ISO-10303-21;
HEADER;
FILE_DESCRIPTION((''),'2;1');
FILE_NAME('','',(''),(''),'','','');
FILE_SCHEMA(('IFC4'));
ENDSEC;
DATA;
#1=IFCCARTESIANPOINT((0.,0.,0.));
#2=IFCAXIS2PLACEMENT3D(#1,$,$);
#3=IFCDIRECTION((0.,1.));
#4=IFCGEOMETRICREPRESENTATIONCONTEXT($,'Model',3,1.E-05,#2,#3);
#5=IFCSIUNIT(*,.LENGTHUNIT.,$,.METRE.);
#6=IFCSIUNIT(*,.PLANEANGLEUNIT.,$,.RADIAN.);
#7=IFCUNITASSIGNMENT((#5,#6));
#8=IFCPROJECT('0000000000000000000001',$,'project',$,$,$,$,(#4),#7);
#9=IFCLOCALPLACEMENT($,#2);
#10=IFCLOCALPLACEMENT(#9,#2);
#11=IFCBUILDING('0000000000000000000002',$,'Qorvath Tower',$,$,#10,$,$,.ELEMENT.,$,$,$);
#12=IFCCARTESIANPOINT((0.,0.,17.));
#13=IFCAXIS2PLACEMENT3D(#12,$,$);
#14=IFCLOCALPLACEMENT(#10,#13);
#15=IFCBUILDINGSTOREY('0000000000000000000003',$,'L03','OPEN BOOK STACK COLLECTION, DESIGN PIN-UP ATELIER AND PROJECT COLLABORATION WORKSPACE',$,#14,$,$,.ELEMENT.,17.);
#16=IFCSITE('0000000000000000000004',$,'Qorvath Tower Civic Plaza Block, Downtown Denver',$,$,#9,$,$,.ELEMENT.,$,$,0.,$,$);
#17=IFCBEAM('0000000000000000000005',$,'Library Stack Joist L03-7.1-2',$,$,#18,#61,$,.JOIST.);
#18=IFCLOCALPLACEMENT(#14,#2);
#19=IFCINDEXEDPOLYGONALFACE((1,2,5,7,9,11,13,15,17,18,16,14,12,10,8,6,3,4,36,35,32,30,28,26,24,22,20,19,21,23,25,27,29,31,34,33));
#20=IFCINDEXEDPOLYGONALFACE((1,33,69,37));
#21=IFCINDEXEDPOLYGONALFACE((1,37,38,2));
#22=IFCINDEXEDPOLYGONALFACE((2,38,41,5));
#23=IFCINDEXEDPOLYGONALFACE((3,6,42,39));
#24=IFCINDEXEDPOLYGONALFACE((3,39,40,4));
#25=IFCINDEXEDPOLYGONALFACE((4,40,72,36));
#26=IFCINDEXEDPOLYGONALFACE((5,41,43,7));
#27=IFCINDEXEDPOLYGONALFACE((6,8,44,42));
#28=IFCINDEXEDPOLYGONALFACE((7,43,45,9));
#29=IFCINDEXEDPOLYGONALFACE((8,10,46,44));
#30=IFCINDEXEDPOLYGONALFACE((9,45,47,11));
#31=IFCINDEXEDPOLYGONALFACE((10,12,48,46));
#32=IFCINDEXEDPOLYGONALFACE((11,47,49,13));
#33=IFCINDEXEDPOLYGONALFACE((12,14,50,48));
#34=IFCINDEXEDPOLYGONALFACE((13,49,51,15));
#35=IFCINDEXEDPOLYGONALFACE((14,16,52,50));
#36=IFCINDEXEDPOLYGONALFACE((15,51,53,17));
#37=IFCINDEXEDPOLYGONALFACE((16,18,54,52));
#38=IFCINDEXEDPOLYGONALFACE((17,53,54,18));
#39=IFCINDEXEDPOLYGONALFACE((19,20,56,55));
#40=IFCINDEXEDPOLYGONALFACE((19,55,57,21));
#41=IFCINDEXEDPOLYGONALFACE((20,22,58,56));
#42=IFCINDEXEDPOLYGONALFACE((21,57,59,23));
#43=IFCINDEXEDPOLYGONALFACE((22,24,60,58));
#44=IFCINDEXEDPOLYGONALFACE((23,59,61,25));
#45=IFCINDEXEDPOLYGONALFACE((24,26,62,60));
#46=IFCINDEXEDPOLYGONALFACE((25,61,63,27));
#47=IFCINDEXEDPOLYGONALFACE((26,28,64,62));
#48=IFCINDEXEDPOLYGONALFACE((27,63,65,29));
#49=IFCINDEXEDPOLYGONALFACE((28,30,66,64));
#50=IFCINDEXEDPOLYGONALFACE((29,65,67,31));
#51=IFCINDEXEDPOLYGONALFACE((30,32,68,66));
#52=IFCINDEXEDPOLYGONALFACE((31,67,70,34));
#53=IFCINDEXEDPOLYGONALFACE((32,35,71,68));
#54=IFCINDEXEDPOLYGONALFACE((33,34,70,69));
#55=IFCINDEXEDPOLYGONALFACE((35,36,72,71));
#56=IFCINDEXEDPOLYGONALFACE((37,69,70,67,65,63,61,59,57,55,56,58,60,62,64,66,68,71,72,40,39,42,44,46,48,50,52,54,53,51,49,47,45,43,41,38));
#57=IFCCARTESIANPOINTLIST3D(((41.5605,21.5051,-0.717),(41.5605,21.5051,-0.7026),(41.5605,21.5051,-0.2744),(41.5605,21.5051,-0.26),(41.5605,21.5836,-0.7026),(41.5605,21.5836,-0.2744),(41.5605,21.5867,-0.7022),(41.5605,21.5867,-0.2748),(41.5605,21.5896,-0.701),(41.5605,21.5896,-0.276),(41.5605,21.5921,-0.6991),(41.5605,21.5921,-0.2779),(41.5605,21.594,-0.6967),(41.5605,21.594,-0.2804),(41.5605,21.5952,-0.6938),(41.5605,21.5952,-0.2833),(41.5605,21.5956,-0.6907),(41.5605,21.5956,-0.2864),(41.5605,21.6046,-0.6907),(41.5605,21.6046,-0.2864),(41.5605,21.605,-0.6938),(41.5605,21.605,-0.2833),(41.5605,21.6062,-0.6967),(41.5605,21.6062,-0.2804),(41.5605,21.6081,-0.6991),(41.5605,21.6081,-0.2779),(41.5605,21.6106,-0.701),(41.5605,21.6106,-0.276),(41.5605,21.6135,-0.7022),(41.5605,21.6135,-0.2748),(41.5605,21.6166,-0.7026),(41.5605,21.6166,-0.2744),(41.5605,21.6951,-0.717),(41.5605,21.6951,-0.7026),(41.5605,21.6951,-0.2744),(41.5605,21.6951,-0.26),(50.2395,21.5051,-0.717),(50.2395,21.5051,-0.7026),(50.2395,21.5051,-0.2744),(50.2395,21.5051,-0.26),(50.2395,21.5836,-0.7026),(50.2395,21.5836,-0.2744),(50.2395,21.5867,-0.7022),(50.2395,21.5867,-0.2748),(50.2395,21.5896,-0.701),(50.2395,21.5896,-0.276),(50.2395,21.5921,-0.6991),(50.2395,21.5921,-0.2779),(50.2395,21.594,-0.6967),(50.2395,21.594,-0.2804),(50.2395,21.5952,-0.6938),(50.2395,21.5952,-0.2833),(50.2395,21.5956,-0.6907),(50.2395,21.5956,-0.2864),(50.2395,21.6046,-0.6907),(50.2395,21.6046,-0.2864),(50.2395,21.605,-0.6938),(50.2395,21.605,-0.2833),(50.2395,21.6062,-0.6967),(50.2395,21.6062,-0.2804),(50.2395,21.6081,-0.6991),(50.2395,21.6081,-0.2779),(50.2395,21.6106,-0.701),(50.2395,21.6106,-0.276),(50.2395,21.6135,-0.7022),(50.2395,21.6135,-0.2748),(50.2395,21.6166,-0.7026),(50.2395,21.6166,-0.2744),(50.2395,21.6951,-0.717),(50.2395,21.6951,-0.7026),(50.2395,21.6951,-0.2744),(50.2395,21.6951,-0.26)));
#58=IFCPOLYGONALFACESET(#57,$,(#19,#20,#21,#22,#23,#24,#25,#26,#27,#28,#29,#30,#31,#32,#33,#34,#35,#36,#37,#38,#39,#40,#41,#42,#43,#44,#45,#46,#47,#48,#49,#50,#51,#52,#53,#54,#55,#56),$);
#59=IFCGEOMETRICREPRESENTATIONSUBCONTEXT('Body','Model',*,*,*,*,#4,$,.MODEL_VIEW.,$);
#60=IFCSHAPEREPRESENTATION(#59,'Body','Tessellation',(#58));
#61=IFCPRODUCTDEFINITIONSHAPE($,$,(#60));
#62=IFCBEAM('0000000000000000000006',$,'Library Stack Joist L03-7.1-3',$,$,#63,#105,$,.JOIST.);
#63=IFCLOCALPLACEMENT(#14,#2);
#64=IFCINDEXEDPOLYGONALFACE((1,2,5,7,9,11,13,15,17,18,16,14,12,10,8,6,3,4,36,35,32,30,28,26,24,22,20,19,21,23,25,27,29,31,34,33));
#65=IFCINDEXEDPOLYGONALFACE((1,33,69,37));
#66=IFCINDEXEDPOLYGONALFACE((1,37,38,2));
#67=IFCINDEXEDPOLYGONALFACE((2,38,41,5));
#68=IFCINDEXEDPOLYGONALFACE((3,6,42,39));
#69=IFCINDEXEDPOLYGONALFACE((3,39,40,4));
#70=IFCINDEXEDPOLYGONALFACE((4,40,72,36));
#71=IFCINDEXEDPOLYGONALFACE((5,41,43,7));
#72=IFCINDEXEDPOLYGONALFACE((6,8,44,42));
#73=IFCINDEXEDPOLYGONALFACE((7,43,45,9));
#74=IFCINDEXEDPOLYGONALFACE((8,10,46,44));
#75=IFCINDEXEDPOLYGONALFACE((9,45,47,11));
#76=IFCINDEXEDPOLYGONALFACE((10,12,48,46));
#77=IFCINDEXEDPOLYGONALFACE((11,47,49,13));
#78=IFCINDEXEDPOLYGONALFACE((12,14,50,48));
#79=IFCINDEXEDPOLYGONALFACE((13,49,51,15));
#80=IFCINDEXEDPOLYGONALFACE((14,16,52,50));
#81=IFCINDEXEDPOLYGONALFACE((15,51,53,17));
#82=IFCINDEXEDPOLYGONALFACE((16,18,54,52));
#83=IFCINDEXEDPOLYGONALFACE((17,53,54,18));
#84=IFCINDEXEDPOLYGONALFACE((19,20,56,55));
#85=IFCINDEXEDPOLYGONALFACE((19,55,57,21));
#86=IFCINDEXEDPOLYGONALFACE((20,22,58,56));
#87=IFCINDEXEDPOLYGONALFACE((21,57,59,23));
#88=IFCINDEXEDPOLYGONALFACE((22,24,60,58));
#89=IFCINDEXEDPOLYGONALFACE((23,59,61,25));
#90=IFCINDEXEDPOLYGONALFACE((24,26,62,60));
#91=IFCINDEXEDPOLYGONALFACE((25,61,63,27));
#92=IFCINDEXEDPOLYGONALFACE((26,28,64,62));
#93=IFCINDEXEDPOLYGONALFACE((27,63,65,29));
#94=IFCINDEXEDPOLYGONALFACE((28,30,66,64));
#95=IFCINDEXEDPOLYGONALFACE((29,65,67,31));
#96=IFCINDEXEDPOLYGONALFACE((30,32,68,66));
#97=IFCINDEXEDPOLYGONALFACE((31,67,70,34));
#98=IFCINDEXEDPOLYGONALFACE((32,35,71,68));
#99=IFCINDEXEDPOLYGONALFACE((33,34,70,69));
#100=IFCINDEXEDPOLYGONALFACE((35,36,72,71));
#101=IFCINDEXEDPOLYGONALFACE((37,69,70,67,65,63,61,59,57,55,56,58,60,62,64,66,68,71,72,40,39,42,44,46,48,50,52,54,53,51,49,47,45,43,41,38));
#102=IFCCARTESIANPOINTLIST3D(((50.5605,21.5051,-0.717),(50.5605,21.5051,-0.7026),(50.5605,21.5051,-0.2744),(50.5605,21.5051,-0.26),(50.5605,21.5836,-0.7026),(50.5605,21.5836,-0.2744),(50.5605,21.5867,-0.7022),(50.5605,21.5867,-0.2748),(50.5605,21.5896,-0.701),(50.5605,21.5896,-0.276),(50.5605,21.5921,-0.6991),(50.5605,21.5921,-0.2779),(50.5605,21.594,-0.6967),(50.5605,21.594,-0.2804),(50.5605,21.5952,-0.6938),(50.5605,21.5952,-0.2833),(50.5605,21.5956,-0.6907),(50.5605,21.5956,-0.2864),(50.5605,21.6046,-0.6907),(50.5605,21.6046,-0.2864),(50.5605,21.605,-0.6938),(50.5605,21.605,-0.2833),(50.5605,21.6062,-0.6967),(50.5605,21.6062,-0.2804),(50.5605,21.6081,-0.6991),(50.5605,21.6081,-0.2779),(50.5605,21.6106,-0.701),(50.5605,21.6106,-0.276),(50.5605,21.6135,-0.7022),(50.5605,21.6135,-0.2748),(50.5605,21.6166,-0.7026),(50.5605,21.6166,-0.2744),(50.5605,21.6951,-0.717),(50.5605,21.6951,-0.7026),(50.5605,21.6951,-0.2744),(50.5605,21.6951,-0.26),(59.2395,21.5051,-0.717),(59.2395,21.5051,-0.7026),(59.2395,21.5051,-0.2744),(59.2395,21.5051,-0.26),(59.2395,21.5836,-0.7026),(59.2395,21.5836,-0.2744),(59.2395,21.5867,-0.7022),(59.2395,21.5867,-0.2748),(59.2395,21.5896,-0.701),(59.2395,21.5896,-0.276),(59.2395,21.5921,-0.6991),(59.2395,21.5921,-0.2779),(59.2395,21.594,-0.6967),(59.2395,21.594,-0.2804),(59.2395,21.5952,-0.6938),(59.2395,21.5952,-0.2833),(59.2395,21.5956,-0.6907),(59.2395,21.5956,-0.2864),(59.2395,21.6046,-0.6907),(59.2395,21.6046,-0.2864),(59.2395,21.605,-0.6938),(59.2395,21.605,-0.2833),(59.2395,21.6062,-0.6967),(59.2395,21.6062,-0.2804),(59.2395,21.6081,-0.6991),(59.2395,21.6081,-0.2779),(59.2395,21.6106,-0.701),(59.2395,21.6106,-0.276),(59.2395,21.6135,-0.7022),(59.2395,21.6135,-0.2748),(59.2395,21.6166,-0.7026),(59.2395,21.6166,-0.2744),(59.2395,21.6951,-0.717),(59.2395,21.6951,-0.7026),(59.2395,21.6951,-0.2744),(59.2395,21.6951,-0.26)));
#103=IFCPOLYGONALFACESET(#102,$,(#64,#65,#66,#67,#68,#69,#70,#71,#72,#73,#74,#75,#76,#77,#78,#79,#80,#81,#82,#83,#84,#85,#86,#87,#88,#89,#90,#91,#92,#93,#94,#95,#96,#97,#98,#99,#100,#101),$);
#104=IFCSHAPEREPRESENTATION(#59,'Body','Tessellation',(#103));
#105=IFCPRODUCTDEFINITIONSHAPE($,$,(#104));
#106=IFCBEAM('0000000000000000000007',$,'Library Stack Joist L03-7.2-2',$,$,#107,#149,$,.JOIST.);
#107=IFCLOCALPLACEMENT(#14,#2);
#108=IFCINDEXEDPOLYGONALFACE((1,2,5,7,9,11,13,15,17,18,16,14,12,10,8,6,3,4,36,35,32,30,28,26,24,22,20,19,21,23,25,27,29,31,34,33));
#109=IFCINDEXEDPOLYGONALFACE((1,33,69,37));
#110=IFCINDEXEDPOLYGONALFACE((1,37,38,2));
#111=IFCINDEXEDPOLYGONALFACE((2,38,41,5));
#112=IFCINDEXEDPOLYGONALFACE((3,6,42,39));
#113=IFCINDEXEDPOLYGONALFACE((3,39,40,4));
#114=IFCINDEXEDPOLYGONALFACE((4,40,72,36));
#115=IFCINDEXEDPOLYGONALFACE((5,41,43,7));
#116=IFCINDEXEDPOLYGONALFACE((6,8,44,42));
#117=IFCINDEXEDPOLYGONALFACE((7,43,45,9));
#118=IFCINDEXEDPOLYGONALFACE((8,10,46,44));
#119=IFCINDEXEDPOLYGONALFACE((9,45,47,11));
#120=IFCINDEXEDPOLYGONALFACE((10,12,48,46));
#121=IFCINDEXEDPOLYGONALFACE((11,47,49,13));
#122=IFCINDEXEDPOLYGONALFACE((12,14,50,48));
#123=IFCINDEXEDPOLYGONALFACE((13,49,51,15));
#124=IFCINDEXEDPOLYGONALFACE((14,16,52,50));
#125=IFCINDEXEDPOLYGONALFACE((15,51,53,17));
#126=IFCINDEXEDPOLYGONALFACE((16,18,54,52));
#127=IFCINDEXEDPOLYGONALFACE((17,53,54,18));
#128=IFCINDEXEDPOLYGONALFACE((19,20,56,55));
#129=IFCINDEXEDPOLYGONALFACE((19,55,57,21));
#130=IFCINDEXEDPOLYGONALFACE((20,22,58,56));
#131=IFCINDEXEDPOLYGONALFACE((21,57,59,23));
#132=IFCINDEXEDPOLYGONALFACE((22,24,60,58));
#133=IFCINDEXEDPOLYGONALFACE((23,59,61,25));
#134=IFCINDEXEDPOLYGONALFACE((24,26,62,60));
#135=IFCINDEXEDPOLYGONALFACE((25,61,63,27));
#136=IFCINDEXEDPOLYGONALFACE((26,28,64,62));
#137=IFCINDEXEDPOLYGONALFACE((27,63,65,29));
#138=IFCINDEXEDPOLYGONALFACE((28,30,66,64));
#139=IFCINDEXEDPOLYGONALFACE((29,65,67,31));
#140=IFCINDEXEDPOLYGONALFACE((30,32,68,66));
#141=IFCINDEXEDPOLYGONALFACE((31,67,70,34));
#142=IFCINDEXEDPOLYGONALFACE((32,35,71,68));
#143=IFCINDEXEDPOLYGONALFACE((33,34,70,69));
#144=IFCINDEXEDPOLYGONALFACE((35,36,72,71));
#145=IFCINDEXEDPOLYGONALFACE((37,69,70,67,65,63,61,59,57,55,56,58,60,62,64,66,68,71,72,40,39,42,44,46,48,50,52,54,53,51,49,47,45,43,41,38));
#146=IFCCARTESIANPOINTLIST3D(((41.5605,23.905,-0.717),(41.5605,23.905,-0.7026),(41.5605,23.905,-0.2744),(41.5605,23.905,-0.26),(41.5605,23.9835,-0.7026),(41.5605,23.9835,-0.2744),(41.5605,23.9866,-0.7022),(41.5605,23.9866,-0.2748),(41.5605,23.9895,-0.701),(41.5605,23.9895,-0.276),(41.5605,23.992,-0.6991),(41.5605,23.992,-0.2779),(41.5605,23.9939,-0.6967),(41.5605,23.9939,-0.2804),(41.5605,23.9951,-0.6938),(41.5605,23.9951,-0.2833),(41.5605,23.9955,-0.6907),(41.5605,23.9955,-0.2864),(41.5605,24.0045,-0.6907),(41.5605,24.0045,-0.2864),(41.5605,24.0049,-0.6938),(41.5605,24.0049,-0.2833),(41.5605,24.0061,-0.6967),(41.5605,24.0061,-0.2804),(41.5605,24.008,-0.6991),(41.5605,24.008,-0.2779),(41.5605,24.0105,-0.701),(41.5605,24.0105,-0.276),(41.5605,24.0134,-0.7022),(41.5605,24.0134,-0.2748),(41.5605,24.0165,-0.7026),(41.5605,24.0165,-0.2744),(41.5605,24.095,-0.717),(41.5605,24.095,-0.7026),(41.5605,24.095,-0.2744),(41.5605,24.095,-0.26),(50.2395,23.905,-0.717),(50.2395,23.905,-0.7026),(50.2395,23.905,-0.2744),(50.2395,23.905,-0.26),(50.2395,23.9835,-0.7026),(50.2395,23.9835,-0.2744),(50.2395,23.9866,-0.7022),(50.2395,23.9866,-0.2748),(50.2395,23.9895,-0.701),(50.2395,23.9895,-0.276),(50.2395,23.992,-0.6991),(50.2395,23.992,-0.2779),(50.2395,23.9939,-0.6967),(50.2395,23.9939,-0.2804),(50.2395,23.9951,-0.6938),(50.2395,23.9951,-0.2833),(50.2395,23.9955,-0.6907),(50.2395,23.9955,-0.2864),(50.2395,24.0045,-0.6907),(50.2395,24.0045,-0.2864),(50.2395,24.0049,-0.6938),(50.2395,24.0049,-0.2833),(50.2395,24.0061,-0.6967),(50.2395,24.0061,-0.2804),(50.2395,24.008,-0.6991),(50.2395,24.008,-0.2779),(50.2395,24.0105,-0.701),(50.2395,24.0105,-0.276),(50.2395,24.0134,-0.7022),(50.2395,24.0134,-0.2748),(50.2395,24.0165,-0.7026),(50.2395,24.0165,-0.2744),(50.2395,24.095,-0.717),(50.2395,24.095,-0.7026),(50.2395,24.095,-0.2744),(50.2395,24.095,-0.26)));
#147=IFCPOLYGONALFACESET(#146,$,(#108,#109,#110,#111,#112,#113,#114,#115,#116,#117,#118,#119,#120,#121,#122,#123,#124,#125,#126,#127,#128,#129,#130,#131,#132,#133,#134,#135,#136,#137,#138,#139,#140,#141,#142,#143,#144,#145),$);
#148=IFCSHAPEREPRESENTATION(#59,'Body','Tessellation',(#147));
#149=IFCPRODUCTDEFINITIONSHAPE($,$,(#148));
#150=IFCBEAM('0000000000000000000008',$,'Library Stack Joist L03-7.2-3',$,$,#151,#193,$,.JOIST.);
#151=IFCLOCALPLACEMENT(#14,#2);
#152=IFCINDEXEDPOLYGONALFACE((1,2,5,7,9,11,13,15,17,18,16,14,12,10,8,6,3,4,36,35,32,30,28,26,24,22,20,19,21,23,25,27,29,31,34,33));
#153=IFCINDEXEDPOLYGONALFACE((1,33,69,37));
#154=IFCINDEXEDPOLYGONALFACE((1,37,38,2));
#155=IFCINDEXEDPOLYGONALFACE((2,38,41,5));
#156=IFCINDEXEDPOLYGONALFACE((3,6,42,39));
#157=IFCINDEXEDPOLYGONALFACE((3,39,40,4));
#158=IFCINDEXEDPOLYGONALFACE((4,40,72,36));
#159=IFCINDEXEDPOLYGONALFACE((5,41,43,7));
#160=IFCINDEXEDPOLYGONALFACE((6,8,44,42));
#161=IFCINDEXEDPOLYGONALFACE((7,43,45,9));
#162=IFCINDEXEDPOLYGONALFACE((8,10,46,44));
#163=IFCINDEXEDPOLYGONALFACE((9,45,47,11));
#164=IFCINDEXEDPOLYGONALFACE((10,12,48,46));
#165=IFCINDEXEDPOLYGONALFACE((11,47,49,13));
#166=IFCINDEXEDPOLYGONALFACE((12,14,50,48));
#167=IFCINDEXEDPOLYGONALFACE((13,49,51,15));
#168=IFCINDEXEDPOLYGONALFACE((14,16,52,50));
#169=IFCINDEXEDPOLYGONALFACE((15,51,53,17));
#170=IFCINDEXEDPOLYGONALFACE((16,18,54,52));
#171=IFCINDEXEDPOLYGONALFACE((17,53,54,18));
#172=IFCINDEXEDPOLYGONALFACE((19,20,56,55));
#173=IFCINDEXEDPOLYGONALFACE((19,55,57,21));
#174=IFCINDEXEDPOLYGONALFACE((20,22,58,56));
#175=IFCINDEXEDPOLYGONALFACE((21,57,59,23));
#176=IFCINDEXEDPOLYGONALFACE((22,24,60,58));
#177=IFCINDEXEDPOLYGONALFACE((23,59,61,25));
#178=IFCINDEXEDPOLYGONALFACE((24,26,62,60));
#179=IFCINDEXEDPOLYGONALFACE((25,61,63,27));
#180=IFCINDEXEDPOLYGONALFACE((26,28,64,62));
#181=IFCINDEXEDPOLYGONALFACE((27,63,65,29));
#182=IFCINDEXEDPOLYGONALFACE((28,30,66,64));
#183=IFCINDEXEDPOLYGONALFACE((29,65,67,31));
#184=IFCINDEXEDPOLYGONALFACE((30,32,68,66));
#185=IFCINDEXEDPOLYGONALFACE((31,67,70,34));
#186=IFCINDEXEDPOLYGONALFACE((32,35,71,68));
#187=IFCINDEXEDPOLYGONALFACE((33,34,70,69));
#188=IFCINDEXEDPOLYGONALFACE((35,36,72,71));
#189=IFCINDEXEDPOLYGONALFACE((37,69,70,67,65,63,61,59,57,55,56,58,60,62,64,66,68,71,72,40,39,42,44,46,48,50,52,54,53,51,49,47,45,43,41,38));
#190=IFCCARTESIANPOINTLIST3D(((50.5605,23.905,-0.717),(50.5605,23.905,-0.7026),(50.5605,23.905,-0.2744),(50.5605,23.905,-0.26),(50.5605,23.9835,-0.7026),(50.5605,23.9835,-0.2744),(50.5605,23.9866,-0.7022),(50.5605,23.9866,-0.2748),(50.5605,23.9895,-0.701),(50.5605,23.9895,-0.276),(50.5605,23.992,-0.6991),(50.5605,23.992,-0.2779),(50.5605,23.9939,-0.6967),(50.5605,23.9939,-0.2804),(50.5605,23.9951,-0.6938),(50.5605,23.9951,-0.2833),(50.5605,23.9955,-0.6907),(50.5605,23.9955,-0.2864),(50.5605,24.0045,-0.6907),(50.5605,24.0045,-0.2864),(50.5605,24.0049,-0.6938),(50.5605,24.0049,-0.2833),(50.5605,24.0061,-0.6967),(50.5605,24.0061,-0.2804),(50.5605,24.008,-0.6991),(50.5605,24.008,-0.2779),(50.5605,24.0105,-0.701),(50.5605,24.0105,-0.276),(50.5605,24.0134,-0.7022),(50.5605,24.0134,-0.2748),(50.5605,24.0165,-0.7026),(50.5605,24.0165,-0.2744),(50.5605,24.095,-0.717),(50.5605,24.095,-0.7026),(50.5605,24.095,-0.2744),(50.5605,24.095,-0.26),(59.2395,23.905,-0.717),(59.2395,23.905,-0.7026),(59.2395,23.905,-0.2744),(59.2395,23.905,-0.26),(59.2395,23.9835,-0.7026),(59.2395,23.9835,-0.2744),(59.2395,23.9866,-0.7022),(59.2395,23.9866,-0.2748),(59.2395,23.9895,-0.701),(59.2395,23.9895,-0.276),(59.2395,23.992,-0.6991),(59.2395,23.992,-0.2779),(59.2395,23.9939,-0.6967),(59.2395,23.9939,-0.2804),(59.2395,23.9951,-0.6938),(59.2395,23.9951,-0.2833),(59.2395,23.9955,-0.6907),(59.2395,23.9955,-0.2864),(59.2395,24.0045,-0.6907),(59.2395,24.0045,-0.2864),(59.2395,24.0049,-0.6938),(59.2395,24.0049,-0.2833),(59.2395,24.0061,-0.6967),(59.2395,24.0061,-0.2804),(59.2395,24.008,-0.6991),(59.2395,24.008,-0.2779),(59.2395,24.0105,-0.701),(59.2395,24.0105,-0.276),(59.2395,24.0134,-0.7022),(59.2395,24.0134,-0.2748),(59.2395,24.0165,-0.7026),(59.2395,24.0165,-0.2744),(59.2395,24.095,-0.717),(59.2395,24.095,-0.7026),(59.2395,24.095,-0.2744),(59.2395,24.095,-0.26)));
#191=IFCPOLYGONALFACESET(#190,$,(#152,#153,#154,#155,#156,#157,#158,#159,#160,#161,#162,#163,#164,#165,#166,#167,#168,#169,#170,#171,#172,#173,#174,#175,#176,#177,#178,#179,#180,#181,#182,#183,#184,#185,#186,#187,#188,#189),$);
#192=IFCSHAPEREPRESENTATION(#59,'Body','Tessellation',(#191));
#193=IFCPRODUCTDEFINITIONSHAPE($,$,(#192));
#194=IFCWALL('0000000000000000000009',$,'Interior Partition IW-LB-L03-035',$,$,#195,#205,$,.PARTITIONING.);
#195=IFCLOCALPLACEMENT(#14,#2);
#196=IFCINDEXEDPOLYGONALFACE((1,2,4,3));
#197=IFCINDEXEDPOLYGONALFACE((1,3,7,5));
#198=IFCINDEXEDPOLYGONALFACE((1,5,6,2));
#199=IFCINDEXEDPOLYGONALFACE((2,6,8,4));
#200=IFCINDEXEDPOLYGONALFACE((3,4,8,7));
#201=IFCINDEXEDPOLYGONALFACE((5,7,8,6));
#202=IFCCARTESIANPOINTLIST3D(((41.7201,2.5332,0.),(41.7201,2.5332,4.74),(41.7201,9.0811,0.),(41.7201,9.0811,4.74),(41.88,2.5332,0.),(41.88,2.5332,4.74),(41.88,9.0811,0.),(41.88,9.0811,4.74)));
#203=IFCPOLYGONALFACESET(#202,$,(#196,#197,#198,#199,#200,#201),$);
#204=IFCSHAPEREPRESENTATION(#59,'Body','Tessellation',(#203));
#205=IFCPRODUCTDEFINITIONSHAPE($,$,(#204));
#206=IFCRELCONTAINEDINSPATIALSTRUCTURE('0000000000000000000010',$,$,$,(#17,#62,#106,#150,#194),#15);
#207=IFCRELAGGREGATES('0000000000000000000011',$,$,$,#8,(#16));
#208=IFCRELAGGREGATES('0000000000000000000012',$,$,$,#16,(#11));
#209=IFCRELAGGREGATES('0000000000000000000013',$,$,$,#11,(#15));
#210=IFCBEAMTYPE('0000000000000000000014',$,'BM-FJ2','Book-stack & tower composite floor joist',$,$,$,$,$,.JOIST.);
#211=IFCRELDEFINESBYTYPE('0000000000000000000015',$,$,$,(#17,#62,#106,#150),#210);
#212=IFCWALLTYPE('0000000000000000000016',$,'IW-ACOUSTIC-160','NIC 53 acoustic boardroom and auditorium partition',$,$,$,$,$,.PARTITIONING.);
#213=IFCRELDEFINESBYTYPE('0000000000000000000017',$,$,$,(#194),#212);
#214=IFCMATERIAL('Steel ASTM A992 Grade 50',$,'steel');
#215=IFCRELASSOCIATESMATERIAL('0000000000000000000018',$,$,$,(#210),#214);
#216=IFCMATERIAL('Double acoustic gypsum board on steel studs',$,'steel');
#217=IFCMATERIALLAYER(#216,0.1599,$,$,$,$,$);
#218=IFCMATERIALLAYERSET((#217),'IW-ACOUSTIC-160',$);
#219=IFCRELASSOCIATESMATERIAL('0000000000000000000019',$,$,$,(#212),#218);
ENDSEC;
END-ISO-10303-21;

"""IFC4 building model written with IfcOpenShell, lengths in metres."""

from ifc_helpers import new_model, si_unit, direction, frame, frame_2d, origin, origin_2d, place, context, subcontext, project, spatial, rectangle, i_section, extrude, material, layer, layer_set, material_profile, profile_set, type_object, element, save


model = new_model("IFC4")

# Units and contexts
model_context = context("Model", 3, precision=1e-05, world=origin(), true_north=direction((0.0, 1.0)))
body_context = subcontext(model_context, "Body", "Model", "MODEL_VIEW")
ifc_project = project(units=[si_unit("LENGTHUNIT", "METRE"), si_unit("PLANEANGLEUNIT", "RADIAN")], contexts=[model_context])

# Site, building, storey
site_placement = place(None, origin())
site = spatial("IfcSite", under=ifc_project, at=site_placement, Name="Qorvath Tower Civic Plaza Block, Downtown Denver", CompositionType="ELEMENT", RefElevation=0.0)
building_placement = place(site_placement, origin())
building = spatial("IfcBuilding", under=site, at=building_placement, Name="Qorvath Tower", CompositionType="ELEMENT")
storey_placement = place(building_placement, frame((0.0, 0.0, 17.0)))
storey = spatial("IfcBuildingStorey", under=building, at=storey_placement, Name="L03", Description="OPEN BOOK STACK COLLECTION, DESIGN PIN-UP ATELIER AND PROJECT COLLABORATION WORKSPACE", CompositionType="ELEMENT", Elevation=17.0)

# Beams
ifc_material_1 = material(Name="Steel ASTM A992 Grade 50", Category="steel")
ifc_material_profile_1 = material_profile(ifc_material_1, i_section(OverallWidth=0.1899, OverallDepth=0.457, WebThickness=0.009, FlangeThickness=0.0144, FilletRadius=0.012, at=origin_2d()), Name="W18x50")
ifc_profile_set_1 = profile_set([ifc_material_profile_1], Name="Steel ASTM A992 Grade 50")
beam_type_1 = type_object("IfcBeamType", Name="BM-FJ2", Description="Book-stack & tower composite floor joist", PredefinedType="JOIST", material=ifc_profile_set_1)
for number, where, z_axis, x_axis, name in (
    (1, (41.5605, 21.6001, -0.4885), (1.0, 0.0, 0.0), (0.0, 1.0, 0.0), "Library Stack Joist L03-7.1-2"),
    (2, (50.5605, 21.6001, -0.4885), (1.0, 0.0, 0.0), (0.0, 1.0, 0.0), "Library Stack Joist L03-7.1-3"),
    (3, (41.5605, 24.0, -0.4885), (1.0, 0.0, 0.0), (0.0, 1.0, 0.0), "Library Stack Joist L03-7.2-2"),
    (4, (50.5605, 24.0, -0.4885), (1.0, 0.0, 0.0), (0.0, 1.0, 0.0), "Library Stack Joist L03-7.2-3"),
):
    element("IfcBeam", number, at=place(storey_placement, frame(where, z_axis=z_axis, x_axis=x_axis)), inside=storey, type_object=beam_type_1, Name=name, PredefinedType="JOIST", context=body_context, shape_type="SweptSolid", body=[
        extrude(i_section(OverallWidth=0.1899, OverallDepth=0.457, WebThickness=0.009, FlangeThickness=0.0144, FilletRadius=0.012, at=origin_2d()), origin(), (0.0, 0.0, 1.0), 8.679),
    ])

# Wall
ifc_material_2 = material(Name="Double acoustic gypsum board on steel studs", Category="steel")
ifc_layer_1 = layer(ifc_material_2, 0.1599)
ifc_layer_set_1 = layer_set([ifc_layer_1], Name="IW-ACOUSTIC-160")
wall_type_1 = type_object("IfcWallType", Name="IW-ACOUSTIC-160", Description="NIC 53 acoustic boardroom and auditorium partition", PredefinedType="PARTITIONING", material=ifc_layer_set_1)
wall_1_placement = place(storey_placement, frame((41.8, 2.5332, 0.0), z_axis=(0.0, 0.0, 1.0), x_axis=(0.0, 1.0, 0.0)))
element("IfcWall", 5, at=wall_1_placement, inside=storey, type_object=wall_type_1, Name="Interior Partition IW-LB-L03-035", PredefinedType="PARTITIONING", context=body_context, shape_type="SweptSolid", body=[
    extrude(rectangle(XDim=6.5479, YDim=0.1599, at=frame_2d((3.2739, 0.0))), origin(), (0.0, 0.0, 1.0), 4.74),
])

save(model, "model.ifc")
